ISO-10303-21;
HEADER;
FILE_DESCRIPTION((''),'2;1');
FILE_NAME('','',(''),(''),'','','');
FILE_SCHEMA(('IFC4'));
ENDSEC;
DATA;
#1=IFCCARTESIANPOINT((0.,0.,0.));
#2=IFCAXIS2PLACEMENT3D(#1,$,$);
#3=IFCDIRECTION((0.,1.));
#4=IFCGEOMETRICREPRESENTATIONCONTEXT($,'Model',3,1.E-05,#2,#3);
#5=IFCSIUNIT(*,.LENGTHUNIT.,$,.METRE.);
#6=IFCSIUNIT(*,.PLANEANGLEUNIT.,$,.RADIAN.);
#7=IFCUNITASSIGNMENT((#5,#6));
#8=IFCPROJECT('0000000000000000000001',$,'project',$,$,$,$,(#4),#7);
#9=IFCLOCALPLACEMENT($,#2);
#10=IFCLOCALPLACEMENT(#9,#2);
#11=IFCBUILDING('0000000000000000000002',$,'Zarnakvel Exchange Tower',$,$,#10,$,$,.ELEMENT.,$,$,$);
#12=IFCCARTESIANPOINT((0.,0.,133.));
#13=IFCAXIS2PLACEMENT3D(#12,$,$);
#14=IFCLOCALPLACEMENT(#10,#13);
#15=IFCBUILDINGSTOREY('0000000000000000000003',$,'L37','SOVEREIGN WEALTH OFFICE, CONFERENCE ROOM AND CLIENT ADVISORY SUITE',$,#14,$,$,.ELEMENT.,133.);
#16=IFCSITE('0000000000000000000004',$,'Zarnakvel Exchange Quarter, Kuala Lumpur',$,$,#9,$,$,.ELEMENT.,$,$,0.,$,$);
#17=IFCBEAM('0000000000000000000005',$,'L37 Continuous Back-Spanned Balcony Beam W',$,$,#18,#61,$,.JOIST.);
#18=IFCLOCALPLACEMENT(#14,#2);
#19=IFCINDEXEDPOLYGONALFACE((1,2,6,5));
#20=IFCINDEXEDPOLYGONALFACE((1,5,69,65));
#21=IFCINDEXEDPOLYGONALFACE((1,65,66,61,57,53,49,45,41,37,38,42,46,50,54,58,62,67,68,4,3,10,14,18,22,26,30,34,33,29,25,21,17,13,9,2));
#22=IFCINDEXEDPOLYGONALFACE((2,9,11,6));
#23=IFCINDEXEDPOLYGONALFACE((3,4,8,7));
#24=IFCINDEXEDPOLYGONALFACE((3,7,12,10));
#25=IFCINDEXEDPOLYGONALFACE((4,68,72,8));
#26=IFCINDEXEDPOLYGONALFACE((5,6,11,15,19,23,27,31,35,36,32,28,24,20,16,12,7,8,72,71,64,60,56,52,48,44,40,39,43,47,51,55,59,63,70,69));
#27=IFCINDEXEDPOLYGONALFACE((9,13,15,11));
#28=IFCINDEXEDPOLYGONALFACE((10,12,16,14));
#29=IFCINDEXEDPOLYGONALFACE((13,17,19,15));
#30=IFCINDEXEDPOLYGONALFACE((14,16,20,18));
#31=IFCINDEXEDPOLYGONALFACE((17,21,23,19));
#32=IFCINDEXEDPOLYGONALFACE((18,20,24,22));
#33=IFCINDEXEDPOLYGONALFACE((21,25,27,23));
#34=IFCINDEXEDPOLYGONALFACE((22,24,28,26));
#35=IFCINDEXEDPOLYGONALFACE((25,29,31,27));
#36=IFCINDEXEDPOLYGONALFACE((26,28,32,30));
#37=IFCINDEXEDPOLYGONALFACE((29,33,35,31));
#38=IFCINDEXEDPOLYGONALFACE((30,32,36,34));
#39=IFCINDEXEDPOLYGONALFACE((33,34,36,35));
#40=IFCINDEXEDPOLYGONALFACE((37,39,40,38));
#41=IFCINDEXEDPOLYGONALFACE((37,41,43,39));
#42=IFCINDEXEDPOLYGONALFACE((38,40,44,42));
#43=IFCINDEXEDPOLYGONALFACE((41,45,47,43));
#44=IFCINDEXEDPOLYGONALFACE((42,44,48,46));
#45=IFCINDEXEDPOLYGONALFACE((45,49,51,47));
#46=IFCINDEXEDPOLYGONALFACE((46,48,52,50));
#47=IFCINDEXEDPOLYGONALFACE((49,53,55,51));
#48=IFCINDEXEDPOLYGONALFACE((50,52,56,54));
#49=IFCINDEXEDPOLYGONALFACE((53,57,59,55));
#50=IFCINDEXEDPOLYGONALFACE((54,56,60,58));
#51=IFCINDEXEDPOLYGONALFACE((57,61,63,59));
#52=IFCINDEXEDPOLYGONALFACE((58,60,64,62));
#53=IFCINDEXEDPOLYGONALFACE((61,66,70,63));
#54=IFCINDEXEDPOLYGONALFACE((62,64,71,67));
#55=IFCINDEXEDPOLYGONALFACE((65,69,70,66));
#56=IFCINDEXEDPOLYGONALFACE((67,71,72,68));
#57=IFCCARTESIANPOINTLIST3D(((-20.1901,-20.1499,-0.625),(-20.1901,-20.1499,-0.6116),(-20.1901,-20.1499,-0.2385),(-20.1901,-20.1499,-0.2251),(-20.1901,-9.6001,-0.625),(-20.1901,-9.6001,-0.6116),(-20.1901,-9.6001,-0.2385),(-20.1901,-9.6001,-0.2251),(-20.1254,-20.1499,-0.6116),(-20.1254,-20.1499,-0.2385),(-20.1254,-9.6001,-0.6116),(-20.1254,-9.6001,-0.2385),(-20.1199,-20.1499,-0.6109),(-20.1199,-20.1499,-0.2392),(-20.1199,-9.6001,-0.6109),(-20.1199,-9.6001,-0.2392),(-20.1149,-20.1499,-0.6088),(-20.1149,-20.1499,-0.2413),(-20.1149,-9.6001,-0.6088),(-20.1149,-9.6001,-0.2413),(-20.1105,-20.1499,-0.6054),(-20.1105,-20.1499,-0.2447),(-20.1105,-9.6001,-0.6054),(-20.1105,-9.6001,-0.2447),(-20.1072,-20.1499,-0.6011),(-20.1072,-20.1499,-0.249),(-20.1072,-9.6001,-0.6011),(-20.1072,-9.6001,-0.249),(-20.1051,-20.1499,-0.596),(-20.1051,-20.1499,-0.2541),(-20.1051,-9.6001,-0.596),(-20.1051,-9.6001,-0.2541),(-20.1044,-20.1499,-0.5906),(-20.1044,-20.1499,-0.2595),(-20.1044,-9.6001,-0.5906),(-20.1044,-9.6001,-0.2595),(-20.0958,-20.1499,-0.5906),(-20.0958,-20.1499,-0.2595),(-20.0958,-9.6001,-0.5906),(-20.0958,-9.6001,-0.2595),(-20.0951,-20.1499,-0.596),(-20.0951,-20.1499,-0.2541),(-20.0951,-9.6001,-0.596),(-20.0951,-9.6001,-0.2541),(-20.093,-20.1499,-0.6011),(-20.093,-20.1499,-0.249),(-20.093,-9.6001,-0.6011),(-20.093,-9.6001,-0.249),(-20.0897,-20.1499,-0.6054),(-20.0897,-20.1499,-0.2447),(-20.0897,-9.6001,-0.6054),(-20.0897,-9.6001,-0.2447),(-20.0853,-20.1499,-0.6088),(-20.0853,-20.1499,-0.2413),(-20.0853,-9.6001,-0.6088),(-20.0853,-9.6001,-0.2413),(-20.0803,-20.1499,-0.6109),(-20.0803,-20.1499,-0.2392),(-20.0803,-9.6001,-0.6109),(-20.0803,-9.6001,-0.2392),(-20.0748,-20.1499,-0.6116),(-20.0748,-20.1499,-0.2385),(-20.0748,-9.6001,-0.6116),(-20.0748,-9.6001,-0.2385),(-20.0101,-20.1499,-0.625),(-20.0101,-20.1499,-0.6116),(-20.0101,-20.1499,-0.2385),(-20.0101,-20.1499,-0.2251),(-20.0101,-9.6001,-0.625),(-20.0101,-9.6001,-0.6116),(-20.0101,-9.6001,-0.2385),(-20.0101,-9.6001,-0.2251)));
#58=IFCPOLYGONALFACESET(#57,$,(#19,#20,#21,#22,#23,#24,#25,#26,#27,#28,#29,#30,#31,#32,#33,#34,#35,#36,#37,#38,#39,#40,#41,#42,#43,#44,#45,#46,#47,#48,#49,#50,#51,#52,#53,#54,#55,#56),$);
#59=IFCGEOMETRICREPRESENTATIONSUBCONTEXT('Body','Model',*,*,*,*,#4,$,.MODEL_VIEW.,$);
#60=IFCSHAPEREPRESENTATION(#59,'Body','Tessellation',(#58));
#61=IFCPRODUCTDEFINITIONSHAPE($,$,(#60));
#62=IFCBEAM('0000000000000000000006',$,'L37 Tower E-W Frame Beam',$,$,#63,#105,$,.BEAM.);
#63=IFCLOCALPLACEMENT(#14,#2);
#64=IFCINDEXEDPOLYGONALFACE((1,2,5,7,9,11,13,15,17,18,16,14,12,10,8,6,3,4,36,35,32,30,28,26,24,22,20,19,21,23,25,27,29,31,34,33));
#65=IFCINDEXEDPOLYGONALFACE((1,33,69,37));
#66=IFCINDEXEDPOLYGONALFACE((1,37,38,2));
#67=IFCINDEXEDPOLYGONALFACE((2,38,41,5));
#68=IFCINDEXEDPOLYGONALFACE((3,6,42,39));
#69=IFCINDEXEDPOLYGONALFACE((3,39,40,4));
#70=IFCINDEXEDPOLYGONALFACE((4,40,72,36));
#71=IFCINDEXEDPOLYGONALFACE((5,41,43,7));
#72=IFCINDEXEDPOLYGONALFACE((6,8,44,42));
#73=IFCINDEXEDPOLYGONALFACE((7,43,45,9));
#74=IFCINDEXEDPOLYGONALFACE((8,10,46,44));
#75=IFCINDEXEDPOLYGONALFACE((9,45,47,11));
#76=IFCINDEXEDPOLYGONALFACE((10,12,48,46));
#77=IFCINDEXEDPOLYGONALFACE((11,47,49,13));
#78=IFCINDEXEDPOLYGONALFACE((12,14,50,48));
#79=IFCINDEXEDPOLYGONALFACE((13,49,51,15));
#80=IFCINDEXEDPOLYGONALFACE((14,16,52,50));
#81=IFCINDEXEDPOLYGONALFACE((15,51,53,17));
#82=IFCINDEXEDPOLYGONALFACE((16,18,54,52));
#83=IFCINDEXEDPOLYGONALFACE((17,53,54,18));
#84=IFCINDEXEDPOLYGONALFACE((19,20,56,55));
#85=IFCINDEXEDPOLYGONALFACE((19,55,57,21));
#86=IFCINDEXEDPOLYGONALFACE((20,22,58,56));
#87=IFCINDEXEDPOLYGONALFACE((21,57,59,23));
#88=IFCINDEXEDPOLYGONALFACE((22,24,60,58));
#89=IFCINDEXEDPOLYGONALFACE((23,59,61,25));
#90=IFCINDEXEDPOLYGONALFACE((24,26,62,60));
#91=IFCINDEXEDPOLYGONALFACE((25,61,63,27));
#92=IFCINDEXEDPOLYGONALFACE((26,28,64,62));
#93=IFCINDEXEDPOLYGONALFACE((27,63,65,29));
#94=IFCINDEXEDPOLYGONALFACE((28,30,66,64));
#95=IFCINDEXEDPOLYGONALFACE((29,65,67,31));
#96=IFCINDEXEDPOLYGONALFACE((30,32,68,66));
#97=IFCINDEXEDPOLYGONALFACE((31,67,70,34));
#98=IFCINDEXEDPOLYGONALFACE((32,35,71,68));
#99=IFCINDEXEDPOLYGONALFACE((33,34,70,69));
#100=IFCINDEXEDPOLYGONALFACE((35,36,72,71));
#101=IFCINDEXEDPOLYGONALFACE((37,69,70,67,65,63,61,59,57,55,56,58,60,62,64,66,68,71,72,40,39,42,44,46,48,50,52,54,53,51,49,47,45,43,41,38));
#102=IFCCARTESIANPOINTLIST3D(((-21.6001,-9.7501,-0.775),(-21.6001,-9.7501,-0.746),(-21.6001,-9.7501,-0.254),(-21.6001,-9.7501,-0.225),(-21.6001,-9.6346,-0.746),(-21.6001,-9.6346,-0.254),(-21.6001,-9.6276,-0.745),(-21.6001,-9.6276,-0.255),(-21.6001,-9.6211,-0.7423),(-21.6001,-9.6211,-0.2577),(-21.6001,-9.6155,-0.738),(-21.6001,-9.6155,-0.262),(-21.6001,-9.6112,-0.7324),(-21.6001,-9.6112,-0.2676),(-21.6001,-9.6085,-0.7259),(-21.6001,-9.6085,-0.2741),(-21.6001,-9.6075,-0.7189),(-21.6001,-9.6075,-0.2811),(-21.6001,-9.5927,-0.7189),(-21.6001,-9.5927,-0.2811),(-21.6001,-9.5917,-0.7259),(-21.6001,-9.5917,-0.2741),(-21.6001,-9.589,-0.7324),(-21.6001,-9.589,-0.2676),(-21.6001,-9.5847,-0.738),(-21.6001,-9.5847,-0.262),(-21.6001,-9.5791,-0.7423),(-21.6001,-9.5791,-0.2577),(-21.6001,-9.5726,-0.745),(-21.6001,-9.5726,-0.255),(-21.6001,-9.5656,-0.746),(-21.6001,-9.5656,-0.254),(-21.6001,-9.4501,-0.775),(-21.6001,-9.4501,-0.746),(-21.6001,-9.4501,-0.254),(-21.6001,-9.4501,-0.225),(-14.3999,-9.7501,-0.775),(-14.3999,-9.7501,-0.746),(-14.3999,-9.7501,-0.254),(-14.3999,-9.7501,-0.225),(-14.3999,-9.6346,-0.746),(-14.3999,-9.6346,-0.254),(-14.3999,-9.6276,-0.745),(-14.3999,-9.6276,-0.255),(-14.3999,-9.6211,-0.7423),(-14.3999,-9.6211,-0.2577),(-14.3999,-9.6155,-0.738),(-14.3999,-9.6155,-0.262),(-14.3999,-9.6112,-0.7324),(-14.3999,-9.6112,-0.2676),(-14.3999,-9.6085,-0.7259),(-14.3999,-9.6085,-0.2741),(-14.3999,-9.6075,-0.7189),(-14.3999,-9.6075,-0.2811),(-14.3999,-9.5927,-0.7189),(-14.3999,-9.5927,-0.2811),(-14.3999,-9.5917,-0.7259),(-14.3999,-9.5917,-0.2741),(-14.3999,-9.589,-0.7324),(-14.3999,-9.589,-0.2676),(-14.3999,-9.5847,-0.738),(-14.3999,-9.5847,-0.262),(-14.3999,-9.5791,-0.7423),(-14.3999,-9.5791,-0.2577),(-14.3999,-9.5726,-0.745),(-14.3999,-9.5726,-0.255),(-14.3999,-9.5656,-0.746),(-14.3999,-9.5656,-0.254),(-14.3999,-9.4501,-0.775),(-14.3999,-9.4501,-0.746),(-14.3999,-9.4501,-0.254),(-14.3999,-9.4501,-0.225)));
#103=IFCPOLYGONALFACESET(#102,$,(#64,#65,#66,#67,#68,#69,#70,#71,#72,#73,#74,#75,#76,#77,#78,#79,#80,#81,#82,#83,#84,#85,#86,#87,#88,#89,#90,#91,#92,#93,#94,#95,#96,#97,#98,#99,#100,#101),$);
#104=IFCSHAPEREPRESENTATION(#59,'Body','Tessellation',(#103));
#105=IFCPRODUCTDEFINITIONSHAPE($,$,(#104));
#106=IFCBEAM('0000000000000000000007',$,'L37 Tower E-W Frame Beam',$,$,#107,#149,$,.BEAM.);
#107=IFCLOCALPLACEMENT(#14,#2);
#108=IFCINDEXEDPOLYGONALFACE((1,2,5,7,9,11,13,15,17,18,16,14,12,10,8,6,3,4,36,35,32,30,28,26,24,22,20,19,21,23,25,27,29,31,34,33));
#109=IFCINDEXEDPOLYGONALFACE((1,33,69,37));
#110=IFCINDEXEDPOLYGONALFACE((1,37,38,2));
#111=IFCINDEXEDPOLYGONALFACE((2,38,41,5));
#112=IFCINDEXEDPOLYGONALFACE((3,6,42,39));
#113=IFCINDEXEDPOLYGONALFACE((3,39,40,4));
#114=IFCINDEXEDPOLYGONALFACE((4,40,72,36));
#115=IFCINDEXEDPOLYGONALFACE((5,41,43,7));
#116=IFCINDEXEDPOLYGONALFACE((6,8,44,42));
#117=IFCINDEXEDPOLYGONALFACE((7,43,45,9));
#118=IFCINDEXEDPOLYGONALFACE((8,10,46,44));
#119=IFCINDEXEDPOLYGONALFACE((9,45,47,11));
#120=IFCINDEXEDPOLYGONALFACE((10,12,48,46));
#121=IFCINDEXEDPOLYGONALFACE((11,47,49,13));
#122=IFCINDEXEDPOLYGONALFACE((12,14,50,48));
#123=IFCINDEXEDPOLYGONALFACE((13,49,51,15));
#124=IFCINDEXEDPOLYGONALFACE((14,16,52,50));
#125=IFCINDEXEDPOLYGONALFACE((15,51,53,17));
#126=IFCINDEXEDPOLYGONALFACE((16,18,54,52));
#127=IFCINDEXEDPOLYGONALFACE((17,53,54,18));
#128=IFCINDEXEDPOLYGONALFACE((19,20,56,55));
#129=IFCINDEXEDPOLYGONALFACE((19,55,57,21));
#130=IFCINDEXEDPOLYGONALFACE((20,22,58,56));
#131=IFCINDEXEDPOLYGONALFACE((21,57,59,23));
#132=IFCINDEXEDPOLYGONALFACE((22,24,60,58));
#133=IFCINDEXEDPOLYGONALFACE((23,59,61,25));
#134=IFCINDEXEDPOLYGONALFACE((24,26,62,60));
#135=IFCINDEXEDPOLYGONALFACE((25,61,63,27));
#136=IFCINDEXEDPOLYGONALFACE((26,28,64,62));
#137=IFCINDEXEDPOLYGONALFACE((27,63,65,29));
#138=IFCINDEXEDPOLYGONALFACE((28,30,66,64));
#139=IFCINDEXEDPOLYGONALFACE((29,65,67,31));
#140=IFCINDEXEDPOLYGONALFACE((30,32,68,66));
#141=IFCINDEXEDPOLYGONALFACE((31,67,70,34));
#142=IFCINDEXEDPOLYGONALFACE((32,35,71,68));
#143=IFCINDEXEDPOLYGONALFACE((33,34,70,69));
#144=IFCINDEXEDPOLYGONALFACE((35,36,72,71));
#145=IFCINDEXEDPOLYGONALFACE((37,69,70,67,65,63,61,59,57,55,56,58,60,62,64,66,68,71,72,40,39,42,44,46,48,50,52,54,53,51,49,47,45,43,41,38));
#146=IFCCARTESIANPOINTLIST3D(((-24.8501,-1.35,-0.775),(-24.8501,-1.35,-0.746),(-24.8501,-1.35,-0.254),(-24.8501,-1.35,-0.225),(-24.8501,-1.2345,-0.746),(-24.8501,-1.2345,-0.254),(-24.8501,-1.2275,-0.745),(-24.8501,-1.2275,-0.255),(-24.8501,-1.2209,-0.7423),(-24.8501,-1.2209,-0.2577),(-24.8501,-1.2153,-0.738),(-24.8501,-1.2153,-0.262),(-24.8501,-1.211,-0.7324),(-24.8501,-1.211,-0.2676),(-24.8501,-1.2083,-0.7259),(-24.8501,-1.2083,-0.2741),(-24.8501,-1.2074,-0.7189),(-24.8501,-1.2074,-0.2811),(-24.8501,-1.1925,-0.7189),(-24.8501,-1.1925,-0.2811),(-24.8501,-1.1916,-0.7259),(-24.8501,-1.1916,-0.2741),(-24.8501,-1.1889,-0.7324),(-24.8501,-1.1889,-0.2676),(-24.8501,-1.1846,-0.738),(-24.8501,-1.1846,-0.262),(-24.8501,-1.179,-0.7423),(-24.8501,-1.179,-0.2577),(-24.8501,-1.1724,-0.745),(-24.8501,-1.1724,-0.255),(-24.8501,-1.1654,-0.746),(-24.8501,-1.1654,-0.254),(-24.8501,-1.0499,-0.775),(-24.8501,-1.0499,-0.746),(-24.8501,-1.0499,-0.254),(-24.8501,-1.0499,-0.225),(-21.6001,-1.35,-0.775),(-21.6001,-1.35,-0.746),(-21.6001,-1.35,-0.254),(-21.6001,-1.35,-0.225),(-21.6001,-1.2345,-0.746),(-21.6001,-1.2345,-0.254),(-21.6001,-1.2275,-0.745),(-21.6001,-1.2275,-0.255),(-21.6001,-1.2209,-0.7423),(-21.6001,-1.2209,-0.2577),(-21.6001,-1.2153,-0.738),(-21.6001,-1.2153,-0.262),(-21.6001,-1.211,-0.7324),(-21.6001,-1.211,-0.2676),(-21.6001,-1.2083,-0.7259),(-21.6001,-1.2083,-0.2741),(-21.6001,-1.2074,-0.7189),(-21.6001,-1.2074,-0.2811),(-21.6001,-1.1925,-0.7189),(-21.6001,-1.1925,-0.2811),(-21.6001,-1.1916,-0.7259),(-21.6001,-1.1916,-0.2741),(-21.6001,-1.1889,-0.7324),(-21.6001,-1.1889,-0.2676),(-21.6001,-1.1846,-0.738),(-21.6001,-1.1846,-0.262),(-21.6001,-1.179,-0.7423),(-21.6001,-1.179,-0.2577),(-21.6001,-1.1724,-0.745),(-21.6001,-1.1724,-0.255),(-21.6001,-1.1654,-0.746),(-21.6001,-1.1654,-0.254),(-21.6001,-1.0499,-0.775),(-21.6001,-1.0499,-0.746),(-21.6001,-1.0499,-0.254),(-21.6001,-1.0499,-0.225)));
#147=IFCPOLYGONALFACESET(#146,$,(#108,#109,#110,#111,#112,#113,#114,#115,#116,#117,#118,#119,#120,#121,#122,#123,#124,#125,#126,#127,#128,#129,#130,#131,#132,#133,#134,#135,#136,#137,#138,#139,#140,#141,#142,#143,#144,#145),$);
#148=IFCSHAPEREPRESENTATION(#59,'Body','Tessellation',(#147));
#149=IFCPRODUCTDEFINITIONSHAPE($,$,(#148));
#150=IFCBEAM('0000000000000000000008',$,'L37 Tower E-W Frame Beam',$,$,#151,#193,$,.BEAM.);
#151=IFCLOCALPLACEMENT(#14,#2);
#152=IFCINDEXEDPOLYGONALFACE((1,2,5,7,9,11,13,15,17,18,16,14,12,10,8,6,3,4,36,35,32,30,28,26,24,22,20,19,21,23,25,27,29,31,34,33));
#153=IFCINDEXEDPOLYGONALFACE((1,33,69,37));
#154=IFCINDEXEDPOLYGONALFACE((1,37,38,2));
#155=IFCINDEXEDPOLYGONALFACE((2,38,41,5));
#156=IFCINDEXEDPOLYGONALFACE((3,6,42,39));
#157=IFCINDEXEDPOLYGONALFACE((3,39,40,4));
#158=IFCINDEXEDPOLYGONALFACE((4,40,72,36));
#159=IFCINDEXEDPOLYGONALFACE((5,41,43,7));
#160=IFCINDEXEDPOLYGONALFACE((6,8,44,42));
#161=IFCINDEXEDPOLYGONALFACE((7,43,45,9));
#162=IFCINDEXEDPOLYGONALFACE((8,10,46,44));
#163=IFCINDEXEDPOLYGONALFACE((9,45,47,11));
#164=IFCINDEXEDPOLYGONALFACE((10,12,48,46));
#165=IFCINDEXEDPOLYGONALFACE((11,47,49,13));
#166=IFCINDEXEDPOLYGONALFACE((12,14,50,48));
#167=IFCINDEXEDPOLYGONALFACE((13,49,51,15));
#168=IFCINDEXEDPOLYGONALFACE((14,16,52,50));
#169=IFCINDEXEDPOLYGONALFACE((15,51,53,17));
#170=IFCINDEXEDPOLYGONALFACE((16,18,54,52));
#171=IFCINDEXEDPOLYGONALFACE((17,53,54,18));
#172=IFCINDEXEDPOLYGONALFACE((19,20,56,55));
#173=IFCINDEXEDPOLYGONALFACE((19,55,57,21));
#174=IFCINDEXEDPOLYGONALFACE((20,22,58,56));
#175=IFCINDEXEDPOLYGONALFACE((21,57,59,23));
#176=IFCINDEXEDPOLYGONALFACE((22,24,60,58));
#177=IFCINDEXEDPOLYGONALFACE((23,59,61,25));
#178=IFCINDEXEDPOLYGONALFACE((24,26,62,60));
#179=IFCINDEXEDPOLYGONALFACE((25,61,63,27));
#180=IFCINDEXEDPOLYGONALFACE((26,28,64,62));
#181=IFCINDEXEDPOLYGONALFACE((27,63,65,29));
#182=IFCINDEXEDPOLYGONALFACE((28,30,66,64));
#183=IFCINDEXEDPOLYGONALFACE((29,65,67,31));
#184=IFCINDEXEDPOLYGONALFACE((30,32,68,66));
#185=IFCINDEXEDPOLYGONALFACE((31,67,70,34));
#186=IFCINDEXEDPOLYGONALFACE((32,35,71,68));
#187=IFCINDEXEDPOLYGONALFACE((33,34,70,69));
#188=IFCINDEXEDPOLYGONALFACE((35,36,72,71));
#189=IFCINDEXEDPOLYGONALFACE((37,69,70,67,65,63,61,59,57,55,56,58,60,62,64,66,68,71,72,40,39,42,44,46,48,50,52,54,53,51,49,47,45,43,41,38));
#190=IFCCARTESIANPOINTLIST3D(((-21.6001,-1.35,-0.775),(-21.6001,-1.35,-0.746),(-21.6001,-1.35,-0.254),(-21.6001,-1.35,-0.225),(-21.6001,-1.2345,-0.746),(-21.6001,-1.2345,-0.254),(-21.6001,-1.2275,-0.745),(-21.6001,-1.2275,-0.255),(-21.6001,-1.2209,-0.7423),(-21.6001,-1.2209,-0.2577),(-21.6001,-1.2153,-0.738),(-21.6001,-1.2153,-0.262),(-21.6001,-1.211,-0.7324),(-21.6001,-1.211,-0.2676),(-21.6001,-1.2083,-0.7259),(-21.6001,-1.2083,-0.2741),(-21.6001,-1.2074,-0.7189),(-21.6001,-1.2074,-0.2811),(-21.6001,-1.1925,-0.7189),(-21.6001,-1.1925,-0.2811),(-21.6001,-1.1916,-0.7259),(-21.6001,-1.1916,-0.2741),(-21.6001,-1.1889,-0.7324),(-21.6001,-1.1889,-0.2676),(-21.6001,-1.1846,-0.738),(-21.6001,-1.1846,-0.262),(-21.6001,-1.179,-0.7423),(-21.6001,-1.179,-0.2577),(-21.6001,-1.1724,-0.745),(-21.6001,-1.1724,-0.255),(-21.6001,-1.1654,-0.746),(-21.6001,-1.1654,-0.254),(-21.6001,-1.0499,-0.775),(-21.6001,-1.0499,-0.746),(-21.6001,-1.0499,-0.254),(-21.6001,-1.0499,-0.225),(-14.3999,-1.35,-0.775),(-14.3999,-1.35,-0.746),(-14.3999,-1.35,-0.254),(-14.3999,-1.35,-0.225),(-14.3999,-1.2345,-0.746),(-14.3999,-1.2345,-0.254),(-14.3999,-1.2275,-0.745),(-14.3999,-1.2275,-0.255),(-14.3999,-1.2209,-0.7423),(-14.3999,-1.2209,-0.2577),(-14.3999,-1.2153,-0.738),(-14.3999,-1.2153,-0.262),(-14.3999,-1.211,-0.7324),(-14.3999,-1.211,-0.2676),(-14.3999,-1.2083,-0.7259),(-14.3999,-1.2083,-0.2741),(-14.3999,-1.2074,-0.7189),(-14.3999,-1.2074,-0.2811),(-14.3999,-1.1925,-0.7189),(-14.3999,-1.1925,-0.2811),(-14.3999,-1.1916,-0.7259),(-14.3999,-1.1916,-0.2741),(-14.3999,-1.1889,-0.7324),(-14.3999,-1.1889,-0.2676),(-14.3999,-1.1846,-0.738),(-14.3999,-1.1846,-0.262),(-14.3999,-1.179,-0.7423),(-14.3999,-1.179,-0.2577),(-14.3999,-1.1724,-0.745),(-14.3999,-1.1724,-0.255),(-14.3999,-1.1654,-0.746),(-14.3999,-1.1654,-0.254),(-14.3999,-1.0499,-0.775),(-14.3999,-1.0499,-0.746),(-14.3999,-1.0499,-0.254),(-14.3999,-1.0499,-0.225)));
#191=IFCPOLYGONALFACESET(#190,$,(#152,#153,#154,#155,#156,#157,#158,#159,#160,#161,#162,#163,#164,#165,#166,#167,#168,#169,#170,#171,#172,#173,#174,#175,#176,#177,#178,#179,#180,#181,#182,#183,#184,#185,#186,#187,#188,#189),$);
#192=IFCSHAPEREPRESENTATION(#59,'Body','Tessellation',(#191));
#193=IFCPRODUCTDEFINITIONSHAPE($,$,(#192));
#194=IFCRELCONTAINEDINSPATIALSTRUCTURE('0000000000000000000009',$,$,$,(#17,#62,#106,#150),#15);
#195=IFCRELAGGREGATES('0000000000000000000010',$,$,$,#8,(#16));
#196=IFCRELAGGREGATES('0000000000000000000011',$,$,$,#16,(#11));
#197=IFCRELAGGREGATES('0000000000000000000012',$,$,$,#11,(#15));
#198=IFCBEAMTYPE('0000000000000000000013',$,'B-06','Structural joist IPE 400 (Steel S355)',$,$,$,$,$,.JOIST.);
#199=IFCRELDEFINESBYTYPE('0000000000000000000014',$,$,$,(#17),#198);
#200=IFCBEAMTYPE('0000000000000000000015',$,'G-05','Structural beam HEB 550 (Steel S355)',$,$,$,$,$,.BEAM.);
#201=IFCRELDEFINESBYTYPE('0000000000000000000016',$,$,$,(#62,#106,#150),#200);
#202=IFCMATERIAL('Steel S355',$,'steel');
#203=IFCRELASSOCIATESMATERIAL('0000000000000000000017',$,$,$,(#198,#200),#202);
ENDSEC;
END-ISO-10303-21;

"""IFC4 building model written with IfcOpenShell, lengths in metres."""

from ifc_helpers import new_model, si_unit, direction, frame, origin, origin_2d, place, context, subcontext, project, spatial, i_section, extrude, material, material_profile, profile_set, type_object, element, save


model = new_model("IFC4")

# Units and contexts
model_context = context("Model", 3, precision=1e-05, world=origin(), true_north=direction((0.0, 1.0)))
body_context = subcontext(model_context, "Body", "Model", "MODEL_VIEW")
ifc_project = project(units=[si_unit("LENGTHUNIT", "METRE"), si_unit("PLANEANGLEUNIT", "RADIAN")], contexts=[model_context])

# Site, building, storey
site_placement = place(None, origin())
site = spatial("IfcSite", under=ifc_project, at=site_placement, Name="Zarnakvel Exchange Quarter, Kuala Lumpur", CompositionType="ELEMENT", RefElevation=0.0)
building_placement = place(site_placement, origin())
building = spatial("IfcBuilding", under=site, at=building_placement, Name="Zarnakvel Exchange Tower", CompositionType="ELEMENT")
storey_placement = place(building_placement, frame((0.0, 0.0, 133.0)))
storey = spatial("IfcBuildingStorey", under=building, at=storey_placement, Name="L37", Description="SOVEREIGN WEALTH OFFICE, CONFERENCE ROOM AND CLIENT ADVISORY SUITE", CompositionType="ELEMENT", Elevation=133.0)

# Shared definitions
ifc_material_1 = material(Name="Steel S355", Category="steel")

# Beams
ifc_material_profile_1 = material_profile(ifc_material_1, i_section(OverallWidth=0.1799, OverallDepth=0.3999, WebThickness=0.0085, FlangeThickness=0.0134, FilletRadius=0.021, at=origin_2d()))
ifc_profile_set_1 = profile_set([ifc_material_profile_1], Name="Steel S355")
beam_type_1 = type_object("IfcBeamType", Name="B-06", Description="Structural joist IPE 400 (Steel S355)", PredefinedType="JOIST", material=ifc_profile_set_1)
beam_1_placement = place(storey_placement, frame((-20.1001, -9.6001, -0.425), z_axis=(0.0, -1.0, 0.0), x_axis=(1.0, 0.0, 0.0)))
element("IfcBeam", 1, at=beam_1_placement, inside=storey, type_object=beam_type_1, Name="L37 Continuous Back-Spanned Balcony Beam W", PredefinedType="JOIST", context=body_context, shape_type="SweptSolid", body=[
    extrude(i_section(OverallWidth=0.1799, OverallDepth=0.3999, WebThickness=0.0085, FlangeThickness=0.0134, FilletRadius=0.021, at=origin_2d()), origin(), (0.0, 0.0, 1.0), 10.5498),
])
ifc_material_profile_2 = material_profile(ifc_material_1, i_section(OverallWidth=0.3, OverallDepth=0.55, WebThickness=0.0149, FlangeThickness=0.0291, FilletRadius=0.0271, at=origin_2d()))
ifc_profile_set_2 = profile_set([ifc_material_profile_2], Name="Steel S355")
beam_type_2 = type_object("IfcBeamType", Name="G-05", Description="Structural beam HEB 550 (Steel S355)", PredefinedType="BEAM", material=ifc_profile_set_2)
beam_2_placement = place(storey_placement, frame((-21.6001, -9.6001, -0.5), z_axis=(1.0, 0.0, 0.0), x_axis=(0.0, 1.0, 0.0)))
element("IfcBeam", 2, at=beam_2_placement, inside=storey, type_object=beam_type_2, Name="L37 Tower E-W Frame Beam", PredefinedType="BEAM", context=body_context, shape_type="SweptSolid", body=[
    extrude(i_section(OverallWidth=0.3, OverallDepth=0.55, WebThickness=0.0149, FlangeThickness=0.0291, FilletRadius=0.0271, at=origin_2d()), origin(), (0.0, 0.0, 1.0), 7.2002),
])
beam_3_placement = place(storey_placement, frame((-24.8501, -1.2, -0.5), z_axis=(1.0, 0.0, 0.0), x_axis=(0.0, 1.0, 0.0)))
element("IfcBeam", 3, at=beam_3_placement, inside=storey, type_object=beam_type_2, Name="L37 Tower E-W Frame Beam", PredefinedType="BEAM", context=body_context, shape_type="SweptSolid", body=[
    extrude(i_section(OverallWidth=0.3, OverallDepth=0.55, WebThickness=0.0149, FlangeThickness=0.0291, FilletRadius=0.0271, at=origin_2d()), origin(), (0.0, 0.0, 1.0), 3.25),
])
beam_4_placement = place(storey_placement, frame((-21.6001, -1.2, -0.5), z_axis=(1.0, 0.0, 0.0), x_axis=(0.0, 1.0, 0.0)))
element("IfcBeam", 4, at=beam_4_placement, inside=storey, type_object=beam_type_2, Name="L37 Tower E-W Frame Beam", PredefinedType="BEAM", context=body_context, shape_type="SweptSolid", body=[
    extrude(i_section(OverallWidth=0.3, OverallDepth=0.55, WebThickness=0.0149, FlangeThickness=0.0291, FilletRadius=0.0271, at=origin_2d()), origin(), (0.0, 0.0, 1.0), 7.2002),
])

save(model, "model.ifc")
